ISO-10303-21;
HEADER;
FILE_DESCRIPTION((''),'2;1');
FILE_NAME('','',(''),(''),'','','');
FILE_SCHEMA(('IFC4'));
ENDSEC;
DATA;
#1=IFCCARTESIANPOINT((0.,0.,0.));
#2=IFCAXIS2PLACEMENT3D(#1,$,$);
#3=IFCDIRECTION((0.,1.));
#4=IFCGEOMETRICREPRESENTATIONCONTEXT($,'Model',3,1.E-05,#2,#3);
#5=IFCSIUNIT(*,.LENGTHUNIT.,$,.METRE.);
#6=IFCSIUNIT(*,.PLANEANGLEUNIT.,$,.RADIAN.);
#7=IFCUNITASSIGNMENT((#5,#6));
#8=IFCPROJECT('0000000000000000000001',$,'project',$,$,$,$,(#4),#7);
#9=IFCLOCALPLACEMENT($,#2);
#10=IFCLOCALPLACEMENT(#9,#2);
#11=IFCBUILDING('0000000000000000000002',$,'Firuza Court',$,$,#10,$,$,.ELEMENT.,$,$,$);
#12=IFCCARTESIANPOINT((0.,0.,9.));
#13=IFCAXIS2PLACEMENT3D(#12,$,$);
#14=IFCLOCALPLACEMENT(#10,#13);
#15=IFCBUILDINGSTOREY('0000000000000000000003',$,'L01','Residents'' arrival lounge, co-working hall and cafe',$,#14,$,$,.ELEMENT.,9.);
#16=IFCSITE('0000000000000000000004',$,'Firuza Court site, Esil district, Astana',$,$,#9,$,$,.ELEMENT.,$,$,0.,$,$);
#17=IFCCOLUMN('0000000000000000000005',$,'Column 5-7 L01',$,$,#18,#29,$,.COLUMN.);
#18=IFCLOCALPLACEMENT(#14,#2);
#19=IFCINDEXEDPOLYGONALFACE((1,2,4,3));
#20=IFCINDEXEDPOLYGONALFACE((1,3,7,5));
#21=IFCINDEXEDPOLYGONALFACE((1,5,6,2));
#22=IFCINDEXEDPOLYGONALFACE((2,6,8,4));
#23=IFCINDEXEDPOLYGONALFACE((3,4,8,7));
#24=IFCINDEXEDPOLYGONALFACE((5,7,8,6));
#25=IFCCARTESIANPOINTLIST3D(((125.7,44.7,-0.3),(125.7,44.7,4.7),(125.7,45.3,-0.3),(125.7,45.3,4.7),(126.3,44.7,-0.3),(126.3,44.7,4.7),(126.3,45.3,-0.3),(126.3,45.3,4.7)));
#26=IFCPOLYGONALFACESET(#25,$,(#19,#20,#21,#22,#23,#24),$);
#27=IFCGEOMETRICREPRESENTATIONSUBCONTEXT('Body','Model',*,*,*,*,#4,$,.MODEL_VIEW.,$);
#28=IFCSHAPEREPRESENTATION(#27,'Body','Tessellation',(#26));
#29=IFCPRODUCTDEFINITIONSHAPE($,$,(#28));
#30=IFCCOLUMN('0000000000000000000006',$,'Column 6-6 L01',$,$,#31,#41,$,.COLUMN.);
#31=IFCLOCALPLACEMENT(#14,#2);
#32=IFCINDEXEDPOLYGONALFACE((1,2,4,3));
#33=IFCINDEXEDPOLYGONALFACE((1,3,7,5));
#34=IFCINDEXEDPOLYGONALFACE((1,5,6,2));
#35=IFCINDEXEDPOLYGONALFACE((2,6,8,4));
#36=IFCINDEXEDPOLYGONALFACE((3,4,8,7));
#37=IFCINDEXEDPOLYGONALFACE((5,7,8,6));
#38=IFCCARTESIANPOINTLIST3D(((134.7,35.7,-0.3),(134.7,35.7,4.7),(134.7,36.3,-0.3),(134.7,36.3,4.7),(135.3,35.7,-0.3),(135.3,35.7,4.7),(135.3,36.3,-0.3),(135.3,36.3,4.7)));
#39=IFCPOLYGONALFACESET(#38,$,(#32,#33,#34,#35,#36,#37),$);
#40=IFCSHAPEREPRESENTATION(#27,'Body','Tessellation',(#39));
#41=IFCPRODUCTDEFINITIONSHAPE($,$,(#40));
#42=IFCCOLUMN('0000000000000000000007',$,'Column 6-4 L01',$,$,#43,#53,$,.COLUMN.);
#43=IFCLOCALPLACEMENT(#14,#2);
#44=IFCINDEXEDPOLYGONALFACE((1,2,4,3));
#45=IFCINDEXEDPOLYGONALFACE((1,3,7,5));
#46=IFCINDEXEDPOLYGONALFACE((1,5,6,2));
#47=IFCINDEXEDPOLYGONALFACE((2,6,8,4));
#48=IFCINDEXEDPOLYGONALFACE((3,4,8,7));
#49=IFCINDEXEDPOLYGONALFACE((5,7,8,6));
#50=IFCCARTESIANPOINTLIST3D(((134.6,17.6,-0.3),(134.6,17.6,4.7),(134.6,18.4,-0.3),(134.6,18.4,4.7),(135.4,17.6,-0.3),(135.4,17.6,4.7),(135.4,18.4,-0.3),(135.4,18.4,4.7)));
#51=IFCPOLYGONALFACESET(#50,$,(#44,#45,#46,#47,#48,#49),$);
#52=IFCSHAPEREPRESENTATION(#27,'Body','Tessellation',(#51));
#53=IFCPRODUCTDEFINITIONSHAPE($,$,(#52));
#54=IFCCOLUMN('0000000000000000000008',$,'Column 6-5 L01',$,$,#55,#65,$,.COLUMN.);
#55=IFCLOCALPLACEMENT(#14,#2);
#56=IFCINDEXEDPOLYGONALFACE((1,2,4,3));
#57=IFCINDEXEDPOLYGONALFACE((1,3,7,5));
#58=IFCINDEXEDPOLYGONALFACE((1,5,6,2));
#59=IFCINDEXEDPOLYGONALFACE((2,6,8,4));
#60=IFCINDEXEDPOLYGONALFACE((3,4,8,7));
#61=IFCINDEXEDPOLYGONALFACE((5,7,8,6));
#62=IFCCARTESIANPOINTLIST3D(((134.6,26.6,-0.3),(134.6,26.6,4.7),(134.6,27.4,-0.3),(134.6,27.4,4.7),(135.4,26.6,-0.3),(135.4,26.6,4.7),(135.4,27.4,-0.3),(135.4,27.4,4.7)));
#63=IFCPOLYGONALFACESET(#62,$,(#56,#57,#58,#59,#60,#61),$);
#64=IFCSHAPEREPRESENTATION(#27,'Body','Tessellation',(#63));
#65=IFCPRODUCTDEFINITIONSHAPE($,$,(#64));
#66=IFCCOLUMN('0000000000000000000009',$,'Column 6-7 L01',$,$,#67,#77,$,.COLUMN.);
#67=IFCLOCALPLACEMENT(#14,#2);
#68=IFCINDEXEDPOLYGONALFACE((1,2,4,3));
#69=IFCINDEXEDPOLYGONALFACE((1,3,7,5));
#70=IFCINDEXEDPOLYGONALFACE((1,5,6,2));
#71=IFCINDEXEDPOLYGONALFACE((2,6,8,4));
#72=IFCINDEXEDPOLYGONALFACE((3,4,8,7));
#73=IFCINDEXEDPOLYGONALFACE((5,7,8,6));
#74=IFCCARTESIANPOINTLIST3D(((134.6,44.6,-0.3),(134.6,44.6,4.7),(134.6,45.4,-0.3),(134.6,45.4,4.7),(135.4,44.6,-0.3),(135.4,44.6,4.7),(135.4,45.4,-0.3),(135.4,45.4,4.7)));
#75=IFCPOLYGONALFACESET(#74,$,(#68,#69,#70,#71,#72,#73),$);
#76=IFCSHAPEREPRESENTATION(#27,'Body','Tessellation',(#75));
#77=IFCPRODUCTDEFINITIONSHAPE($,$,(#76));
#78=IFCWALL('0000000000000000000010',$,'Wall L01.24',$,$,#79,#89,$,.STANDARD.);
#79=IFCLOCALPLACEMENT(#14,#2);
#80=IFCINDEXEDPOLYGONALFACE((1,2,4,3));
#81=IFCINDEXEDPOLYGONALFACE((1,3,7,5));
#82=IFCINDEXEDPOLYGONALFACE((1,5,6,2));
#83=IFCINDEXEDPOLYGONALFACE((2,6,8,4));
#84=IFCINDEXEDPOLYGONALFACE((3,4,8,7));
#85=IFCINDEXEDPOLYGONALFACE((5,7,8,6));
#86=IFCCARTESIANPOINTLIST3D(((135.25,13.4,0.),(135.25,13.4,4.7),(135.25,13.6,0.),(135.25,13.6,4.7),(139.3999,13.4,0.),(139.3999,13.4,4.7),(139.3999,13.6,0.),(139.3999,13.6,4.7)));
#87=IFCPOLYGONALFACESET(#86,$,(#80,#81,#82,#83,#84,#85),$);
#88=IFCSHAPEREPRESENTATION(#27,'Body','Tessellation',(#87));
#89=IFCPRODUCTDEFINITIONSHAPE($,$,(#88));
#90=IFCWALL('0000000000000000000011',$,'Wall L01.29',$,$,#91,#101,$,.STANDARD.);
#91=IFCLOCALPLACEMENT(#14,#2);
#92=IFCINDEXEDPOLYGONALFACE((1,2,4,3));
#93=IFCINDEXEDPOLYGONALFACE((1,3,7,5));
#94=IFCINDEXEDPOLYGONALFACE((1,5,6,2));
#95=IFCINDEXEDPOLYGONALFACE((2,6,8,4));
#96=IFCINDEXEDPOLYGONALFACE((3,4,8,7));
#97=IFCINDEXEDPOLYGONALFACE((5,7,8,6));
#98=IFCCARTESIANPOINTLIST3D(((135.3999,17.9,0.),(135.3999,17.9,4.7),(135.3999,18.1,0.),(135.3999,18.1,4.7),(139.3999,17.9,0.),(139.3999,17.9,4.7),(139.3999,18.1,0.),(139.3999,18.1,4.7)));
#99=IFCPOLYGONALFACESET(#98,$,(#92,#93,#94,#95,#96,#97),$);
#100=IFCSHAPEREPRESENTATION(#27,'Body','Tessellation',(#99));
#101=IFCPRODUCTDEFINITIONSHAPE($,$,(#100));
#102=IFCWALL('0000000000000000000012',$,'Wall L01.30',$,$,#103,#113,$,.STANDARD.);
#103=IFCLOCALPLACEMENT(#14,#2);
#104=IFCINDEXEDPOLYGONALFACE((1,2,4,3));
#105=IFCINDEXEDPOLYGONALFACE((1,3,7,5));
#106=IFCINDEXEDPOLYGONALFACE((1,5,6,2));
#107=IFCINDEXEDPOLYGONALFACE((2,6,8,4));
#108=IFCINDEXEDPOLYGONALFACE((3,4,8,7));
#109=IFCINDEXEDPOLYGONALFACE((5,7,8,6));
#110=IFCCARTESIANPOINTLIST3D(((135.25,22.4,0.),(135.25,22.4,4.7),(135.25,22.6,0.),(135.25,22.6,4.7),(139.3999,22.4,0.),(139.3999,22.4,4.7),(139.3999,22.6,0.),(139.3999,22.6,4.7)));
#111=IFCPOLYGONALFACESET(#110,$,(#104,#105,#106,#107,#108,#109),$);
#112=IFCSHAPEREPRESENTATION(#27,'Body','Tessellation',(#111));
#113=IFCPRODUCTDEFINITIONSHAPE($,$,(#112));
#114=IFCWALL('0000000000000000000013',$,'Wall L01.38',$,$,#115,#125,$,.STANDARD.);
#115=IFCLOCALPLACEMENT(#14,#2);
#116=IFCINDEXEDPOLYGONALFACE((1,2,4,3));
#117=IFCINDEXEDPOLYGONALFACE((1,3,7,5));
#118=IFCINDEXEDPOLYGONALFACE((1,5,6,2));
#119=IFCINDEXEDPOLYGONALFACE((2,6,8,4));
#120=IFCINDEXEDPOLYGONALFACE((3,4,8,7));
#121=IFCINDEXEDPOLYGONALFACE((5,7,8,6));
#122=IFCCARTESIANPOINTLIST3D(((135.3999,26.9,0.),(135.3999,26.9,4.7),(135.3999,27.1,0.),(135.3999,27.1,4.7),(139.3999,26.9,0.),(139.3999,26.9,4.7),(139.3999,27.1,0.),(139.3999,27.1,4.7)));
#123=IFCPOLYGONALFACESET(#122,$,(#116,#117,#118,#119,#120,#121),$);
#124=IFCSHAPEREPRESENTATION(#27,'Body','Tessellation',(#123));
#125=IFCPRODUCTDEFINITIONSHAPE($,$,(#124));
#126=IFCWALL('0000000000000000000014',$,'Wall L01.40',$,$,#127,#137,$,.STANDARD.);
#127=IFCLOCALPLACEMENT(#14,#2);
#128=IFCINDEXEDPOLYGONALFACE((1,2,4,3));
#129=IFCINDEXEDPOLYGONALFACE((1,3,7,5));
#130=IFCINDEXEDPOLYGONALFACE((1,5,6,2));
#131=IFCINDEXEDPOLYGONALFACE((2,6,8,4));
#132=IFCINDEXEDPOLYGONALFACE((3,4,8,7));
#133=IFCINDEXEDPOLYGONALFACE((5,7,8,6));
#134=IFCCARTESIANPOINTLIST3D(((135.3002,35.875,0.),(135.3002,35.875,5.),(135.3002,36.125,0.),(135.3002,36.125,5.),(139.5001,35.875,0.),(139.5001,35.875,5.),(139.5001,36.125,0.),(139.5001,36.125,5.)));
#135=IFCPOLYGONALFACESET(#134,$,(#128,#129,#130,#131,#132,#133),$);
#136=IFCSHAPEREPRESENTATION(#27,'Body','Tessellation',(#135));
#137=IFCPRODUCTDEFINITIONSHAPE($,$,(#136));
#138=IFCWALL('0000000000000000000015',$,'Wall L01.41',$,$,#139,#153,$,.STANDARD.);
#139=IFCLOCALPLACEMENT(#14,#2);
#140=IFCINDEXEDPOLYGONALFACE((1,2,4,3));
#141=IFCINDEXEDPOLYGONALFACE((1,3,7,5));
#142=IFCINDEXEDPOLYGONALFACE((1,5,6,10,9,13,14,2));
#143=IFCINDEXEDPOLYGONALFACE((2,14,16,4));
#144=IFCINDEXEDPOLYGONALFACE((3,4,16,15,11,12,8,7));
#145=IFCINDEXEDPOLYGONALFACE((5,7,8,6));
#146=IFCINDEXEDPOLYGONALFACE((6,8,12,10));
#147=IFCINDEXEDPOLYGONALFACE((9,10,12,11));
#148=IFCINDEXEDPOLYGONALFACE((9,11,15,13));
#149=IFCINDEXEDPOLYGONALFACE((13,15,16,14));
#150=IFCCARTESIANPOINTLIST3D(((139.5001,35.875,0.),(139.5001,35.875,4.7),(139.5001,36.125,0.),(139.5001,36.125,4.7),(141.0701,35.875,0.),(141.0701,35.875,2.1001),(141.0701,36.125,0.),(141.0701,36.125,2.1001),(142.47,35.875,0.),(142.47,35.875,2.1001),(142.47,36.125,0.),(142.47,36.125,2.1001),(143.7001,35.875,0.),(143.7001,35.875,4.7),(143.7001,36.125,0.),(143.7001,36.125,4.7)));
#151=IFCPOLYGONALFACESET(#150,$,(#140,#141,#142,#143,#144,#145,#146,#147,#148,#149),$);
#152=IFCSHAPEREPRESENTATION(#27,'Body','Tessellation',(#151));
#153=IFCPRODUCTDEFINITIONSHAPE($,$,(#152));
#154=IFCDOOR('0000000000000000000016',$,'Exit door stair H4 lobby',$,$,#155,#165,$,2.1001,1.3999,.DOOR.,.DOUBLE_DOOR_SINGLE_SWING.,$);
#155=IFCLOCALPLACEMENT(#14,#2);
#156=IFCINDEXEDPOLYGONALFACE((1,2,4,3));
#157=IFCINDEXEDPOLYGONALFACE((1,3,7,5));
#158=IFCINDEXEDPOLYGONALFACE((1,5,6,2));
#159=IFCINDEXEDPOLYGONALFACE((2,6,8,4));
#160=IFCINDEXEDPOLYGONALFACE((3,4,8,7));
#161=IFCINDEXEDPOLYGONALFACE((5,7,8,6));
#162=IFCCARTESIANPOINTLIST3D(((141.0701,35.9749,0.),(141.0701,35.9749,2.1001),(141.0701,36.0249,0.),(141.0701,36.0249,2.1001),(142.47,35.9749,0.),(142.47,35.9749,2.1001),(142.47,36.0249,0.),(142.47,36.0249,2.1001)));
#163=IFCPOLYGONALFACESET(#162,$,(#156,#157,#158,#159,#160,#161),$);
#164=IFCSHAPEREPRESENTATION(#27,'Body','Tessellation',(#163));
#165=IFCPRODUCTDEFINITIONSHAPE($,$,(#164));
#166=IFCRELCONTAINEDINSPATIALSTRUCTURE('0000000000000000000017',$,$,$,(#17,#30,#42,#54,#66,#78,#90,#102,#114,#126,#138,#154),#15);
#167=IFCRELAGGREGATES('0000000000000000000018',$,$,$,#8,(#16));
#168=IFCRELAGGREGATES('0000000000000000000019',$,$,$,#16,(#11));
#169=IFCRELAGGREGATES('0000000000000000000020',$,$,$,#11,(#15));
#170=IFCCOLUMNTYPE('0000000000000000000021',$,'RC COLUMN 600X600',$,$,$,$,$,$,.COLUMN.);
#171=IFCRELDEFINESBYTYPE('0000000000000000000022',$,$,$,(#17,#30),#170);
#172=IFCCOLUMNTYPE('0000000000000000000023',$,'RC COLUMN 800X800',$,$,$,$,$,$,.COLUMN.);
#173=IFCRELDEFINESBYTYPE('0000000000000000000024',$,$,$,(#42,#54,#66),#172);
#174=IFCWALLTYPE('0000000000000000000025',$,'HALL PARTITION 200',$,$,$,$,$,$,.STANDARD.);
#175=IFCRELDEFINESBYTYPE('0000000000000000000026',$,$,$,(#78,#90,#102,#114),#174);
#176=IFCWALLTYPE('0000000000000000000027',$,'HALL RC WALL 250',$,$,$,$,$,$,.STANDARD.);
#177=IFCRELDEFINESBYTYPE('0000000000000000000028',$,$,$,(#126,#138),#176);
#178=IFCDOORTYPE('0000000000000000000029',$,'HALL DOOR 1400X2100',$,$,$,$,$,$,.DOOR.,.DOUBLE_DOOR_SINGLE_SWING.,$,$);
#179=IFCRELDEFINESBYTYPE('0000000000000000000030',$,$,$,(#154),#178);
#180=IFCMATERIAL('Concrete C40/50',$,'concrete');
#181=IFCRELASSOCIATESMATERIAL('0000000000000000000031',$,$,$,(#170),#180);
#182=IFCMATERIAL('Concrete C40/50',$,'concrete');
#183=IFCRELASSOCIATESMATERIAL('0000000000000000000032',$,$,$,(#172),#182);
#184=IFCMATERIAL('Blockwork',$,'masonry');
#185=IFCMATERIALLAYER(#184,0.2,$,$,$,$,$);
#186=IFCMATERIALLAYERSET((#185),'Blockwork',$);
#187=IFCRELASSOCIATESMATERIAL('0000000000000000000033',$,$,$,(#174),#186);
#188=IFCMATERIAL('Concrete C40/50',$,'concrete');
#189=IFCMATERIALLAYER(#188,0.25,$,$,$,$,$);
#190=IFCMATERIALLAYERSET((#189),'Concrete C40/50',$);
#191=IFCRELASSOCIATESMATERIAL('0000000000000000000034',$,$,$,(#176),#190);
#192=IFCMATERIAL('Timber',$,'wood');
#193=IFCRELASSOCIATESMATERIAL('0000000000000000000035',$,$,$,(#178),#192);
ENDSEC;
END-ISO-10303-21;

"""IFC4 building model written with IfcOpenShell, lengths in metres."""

from ifc_helpers import new_model, si_unit, direction, frame, frame_2d, origin, origin_2d, place, context, subcontext, project, spatial, rectangle, extrude, material, layer, layer_set, material_profile, profile_set, type_object, element, fill, save


model = new_model("IFC4")

# Units and contexts
model_context = context("Model", 3, precision=1e-05, world=origin(), true_north=direction((0.0, 1.0)))
body_context = subcontext(model_context, "Body", "Model", "MODEL_VIEW")
ifc_project = project(units=[si_unit("LENGTHUNIT", "METRE"), si_unit("PLANEANGLEUNIT", "RADIAN")], contexts=[model_context])

# Site, building, storey
site_placement = place(None, origin())
site = spatial("IfcSite", under=ifc_project, at=site_placement, Name="Firuza Court site, Esil district, Astana", CompositionType="ELEMENT", RefElevation=0.0)
building_placement = place(site_placement, origin())
building = spatial("IfcBuilding", under=site, at=building_placement, Name="Firuza Court", CompositionType="ELEMENT")
storey_placement = place(building_placement, frame((0.0, 0.0, 9.0)))
storey = spatial("IfcBuildingStorey", under=building, at=storey_placement, Name="L01", Description="Residents' arrival lounge, co-working hall and cafe", CompositionType="ELEMENT", Elevation=9.0)

# Columns
ifc_material_1 = material(Name="Concrete C40/50", Category="concrete")
ifc_material_profile_1 = material_profile(ifc_material_1, rectangle(XDim=0.6001, YDim=0.6001, at=origin_2d()), Name="RC 600X600")
ifc_profile_set_1 = profile_set([ifc_material_profile_1], Name="Concrete C40/50")
column_type_1 = type_object("IfcColumnType", Name="RC COLUMN 600X600", PredefinedType="COLUMN", material=ifc_profile_set_1)
for number, where, z_axis, x_axis, name in (
    (1, (126.0, 45.0, -0.3), (0.0, 0.0, 1.0), (1.0, 0.0, 0.0), "Column 5-7 L01"),
    (2, (135.0, 36.0, -0.3), (0.0, 0.0, 1.0), (1.0, 0.0, 0.0), "Column 6-6 L01"),
):
    element("IfcColumn", number, at=place(storey_placement, frame(where, z_axis=z_axis, x_axis=x_axis)), inside=storey, type_object=column_type_1, Name=name, PredefinedType="COLUMN", context=body_context, shape_type="SweptSolid", body=[
        extrude(rectangle(XDim=0.6001, YDim=0.6001, at=origin_2d()), origin(), (0.0, 0.0, 1.0), 5.0),
    ])
ifc_material_2 = material(Name="Concrete C40/50", Category="concrete")
ifc_material_profile_2 = material_profile(ifc_material_2, rectangle(XDim=0.8, YDim=0.8, at=origin_2d()), Name="RC 800X800")
ifc_profile_set_2 = profile_set([ifc_material_profile_2], Name="Concrete C40/50")
column_type_2 = type_object("IfcColumnType", Name="RC COLUMN 800X800", PredefinedType="COLUMN", material=ifc_profile_set_2)
for number, where, z_axis, x_axis, name in (
    (3, (135.0, 18.0, -0.3), (0.0, 0.0, 1.0), (1.0, 0.0, 0.0), "Column 6-4 L01"),
    (4, (135.0, 27.0, -0.3), (0.0, 0.0, 1.0), (1.0, 0.0, 0.0), "Column 6-5 L01"),
    (5, (135.0, 45.0, -0.3), (0.0, 0.0, 1.0), (1.0, 0.0, 0.0), "Column 6-7 L01"),
):
    element("IfcColumn", number, at=place(storey_placement, frame(where, z_axis=z_axis, x_axis=x_axis)), inside=storey, type_object=column_type_2, Name=name, PredefinedType="COLUMN", context=body_context, shape_type="SweptSolid", body=[
        extrude(rectangle(XDim=0.8, YDim=0.8, at=origin_2d()), origin(), (0.0, 0.0, 1.0), 5.0),
    ])

# Walls
ifc_material_3 = material(Name="Blockwork", Category="masonry")
ifc_layer_1 = layer(ifc_material_3, 0.2)
ifc_layer_set_1 = layer_set([ifc_layer_1], Name="Blockwork")
wall_type_1 = type_object("IfcWallType", Name="HALL PARTITION 200", PredefinedType="STANDARD", material=ifc_layer_set_1)
wall_1_placement = place(storey_placement, frame((135.25, 13.5, 0.0), z_axis=(0.0, 0.0, 1.0), x_axis=(1.0, 0.0, 0.0)))
element("IfcWall", 6, at=wall_1_placement, inside=storey, type_object=wall_type_1, Name="Wall L01.24", PredefinedType="STANDARD", context=body_context, shape_type="SweptSolid", body=[
    extrude(rectangle(XDim=4.1499, YDim=0.2, at=frame_2d((2.075, 0.0))), origin(), (0.0, 0.0, 1.0), 4.7),
])
wall_2_placement = place(storey_placement, frame((135.3999, 18.0, 0.0), z_axis=(0.0, 0.0, 1.0), x_axis=(1.0, 0.0, 0.0)))
element("IfcWall", 7, at=wall_2_placement, inside=storey, type_object=wall_type_1, Name="Wall L01.29", PredefinedType="STANDARD", context=body_context, shape_type="SweptSolid", body=[
    extrude(rectangle(XDim=4.0, YDim=0.2, at=frame_2d((2.0, 0.0))), origin(), (0.0, 0.0, 1.0), 4.7),
])
wall_3_placement = place(storey_placement, frame((135.25, 22.5, 0.0), z_axis=(0.0, 0.0, 1.0), x_axis=(1.0, 0.0, 0.0)))
element("IfcWall", 8, at=wall_3_placement, inside=storey, type_object=wall_type_1, Name="Wall L01.30", PredefinedType="STANDARD", context=body_context, shape_type="SweptSolid", body=[
    extrude(rectangle(XDim=4.1499, YDim=0.2, at=frame_2d((2.075, 0.0))), origin(), (0.0, 0.0, 1.0), 4.7),
])
wall_4_placement = place(storey_placement, frame((135.3999, 27.0, 0.0), z_axis=(0.0, 0.0, 1.0), x_axis=(1.0, 0.0, 0.0)))
element("IfcWall", 9, at=wall_4_placement, inside=storey, type_object=wall_type_1, Name="Wall L01.38", PredefinedType="STANDARD", context=body_context, shape_type="SweptSolid", body=[
    extrude(rectangle(XDim=4.0, YDim=0.2, at=frame_2d((2.0, 0.0))), origin(), (0.0, 0.0, 1.0), 4.7),
])
ifc_material_4 = material(Name="Concrete C40/50", Category="concrete")
ifc_layer_2 = layer(ifc_material_4, 0.25)
ifc_layer_set_2 = layer_set([ifc_layer_2], Name="Concrete C40/50")
wall_type_2 = type_object("IfcWallType", Name="HALL RC WALL 250", PredefinedType="STANDARD", material=ifc_layer_set_2)
wall_5_placement = place(storey_placement, frame((135.3, 36.0, 0.0), z_axis=(0.0, 0.0, 1.0), x_axis=(1.0, 0.0, 0.0)))
element("IfcWall", 10, at=wall_5_placement, inside=storey, type_object=wall_type_2, Name="Wall L01.40", PredefinedType="STANDARD", context=body_context, shape_type="SweptSolid", body=[
    extrude(rectangle(XDim=4.2, YDim=0.25, at=frame_2d((2.1001, 0.0))), origin(), (0.0, 0.0, 1.0), 5.0),
])

# Wall, opening, door
wall_6_placement = place(storey_placement, frame((139.5, 36.0, 0.0), z_axis=(0.0, 0.0, 1.0), x_axis=(1.0, 0.0, 0.0)))
wall_6 = element("IfcWall", 11, at=wall_6_placement, inside=storey, type_object=wall_type_2, Name="Wall L01.41", PredefinedType="STANDARD", context=body_context, shape_type="SweptSolid", body=[
    extrude(rectangle(XDim=4.2, YDim=0.25, at=frame_2d((2.1001, 0.0))), origin(), (0.0, 0.0, 1.0), 4.7),
])
opening_1_placement = place(wall_6_placement, frame((1.5701, 0.0, 0.0)))
opening_1 = element("IfcOpeningElement", 12, at=opening_1_placement, cuts=wall_6, PredefinedType="OPENING", context=body_context, shape_type="SweptSolid", body=[
    extrude(rectangle(XDim=1.3999, YDim=2.1001, at=frame_2d((0.7, 1.05))), frame((0.0, 0.137, 0.0), z_axis=(0.0, -1.0, 0.0), x_axis=(1.0, 0.0, 0.0)), (0.0, 0.0, 1.0), 0.2739),
])
ifc_material_5 = material(Name="Timber", Category="wood")
door_type = type_object("IfcDoorType", Name="HALL DOOR 1400X2100", OperationType="DOUBLE_DOOR_SINGLE_SWING", PredefinedType="DOOR", material=ifc_material_5)
door_1_placement = place(opening_1_placement, origin())
door_1 = element("IfcDoor", 13, at=door_1_placement, inside=storey, type_object=door_type, Name="Exit door stair H4 lobby", OperationType="DOUBLE_DOOR_SINGLE_SWING", OverallHeight=2.1001, OverallWidth=1.3999, PredefinedType="DOOR", context=body_context, shape_type="SweptSolid", body=[
    extrude(rectangle(XDim=1.3999, YDim=2.1001, at=frame_2d((0.7, 1.05))), frame((0.0, 0.0249, 0.0), z_axis=(0.0, -1.0, 0.0), x_axis=(1.0, 0.0, 0.0)), (0.0, 0.0, 1.0), 0.05),
])
fill(opening_1, door_1)

save(model, "model.ifc")
